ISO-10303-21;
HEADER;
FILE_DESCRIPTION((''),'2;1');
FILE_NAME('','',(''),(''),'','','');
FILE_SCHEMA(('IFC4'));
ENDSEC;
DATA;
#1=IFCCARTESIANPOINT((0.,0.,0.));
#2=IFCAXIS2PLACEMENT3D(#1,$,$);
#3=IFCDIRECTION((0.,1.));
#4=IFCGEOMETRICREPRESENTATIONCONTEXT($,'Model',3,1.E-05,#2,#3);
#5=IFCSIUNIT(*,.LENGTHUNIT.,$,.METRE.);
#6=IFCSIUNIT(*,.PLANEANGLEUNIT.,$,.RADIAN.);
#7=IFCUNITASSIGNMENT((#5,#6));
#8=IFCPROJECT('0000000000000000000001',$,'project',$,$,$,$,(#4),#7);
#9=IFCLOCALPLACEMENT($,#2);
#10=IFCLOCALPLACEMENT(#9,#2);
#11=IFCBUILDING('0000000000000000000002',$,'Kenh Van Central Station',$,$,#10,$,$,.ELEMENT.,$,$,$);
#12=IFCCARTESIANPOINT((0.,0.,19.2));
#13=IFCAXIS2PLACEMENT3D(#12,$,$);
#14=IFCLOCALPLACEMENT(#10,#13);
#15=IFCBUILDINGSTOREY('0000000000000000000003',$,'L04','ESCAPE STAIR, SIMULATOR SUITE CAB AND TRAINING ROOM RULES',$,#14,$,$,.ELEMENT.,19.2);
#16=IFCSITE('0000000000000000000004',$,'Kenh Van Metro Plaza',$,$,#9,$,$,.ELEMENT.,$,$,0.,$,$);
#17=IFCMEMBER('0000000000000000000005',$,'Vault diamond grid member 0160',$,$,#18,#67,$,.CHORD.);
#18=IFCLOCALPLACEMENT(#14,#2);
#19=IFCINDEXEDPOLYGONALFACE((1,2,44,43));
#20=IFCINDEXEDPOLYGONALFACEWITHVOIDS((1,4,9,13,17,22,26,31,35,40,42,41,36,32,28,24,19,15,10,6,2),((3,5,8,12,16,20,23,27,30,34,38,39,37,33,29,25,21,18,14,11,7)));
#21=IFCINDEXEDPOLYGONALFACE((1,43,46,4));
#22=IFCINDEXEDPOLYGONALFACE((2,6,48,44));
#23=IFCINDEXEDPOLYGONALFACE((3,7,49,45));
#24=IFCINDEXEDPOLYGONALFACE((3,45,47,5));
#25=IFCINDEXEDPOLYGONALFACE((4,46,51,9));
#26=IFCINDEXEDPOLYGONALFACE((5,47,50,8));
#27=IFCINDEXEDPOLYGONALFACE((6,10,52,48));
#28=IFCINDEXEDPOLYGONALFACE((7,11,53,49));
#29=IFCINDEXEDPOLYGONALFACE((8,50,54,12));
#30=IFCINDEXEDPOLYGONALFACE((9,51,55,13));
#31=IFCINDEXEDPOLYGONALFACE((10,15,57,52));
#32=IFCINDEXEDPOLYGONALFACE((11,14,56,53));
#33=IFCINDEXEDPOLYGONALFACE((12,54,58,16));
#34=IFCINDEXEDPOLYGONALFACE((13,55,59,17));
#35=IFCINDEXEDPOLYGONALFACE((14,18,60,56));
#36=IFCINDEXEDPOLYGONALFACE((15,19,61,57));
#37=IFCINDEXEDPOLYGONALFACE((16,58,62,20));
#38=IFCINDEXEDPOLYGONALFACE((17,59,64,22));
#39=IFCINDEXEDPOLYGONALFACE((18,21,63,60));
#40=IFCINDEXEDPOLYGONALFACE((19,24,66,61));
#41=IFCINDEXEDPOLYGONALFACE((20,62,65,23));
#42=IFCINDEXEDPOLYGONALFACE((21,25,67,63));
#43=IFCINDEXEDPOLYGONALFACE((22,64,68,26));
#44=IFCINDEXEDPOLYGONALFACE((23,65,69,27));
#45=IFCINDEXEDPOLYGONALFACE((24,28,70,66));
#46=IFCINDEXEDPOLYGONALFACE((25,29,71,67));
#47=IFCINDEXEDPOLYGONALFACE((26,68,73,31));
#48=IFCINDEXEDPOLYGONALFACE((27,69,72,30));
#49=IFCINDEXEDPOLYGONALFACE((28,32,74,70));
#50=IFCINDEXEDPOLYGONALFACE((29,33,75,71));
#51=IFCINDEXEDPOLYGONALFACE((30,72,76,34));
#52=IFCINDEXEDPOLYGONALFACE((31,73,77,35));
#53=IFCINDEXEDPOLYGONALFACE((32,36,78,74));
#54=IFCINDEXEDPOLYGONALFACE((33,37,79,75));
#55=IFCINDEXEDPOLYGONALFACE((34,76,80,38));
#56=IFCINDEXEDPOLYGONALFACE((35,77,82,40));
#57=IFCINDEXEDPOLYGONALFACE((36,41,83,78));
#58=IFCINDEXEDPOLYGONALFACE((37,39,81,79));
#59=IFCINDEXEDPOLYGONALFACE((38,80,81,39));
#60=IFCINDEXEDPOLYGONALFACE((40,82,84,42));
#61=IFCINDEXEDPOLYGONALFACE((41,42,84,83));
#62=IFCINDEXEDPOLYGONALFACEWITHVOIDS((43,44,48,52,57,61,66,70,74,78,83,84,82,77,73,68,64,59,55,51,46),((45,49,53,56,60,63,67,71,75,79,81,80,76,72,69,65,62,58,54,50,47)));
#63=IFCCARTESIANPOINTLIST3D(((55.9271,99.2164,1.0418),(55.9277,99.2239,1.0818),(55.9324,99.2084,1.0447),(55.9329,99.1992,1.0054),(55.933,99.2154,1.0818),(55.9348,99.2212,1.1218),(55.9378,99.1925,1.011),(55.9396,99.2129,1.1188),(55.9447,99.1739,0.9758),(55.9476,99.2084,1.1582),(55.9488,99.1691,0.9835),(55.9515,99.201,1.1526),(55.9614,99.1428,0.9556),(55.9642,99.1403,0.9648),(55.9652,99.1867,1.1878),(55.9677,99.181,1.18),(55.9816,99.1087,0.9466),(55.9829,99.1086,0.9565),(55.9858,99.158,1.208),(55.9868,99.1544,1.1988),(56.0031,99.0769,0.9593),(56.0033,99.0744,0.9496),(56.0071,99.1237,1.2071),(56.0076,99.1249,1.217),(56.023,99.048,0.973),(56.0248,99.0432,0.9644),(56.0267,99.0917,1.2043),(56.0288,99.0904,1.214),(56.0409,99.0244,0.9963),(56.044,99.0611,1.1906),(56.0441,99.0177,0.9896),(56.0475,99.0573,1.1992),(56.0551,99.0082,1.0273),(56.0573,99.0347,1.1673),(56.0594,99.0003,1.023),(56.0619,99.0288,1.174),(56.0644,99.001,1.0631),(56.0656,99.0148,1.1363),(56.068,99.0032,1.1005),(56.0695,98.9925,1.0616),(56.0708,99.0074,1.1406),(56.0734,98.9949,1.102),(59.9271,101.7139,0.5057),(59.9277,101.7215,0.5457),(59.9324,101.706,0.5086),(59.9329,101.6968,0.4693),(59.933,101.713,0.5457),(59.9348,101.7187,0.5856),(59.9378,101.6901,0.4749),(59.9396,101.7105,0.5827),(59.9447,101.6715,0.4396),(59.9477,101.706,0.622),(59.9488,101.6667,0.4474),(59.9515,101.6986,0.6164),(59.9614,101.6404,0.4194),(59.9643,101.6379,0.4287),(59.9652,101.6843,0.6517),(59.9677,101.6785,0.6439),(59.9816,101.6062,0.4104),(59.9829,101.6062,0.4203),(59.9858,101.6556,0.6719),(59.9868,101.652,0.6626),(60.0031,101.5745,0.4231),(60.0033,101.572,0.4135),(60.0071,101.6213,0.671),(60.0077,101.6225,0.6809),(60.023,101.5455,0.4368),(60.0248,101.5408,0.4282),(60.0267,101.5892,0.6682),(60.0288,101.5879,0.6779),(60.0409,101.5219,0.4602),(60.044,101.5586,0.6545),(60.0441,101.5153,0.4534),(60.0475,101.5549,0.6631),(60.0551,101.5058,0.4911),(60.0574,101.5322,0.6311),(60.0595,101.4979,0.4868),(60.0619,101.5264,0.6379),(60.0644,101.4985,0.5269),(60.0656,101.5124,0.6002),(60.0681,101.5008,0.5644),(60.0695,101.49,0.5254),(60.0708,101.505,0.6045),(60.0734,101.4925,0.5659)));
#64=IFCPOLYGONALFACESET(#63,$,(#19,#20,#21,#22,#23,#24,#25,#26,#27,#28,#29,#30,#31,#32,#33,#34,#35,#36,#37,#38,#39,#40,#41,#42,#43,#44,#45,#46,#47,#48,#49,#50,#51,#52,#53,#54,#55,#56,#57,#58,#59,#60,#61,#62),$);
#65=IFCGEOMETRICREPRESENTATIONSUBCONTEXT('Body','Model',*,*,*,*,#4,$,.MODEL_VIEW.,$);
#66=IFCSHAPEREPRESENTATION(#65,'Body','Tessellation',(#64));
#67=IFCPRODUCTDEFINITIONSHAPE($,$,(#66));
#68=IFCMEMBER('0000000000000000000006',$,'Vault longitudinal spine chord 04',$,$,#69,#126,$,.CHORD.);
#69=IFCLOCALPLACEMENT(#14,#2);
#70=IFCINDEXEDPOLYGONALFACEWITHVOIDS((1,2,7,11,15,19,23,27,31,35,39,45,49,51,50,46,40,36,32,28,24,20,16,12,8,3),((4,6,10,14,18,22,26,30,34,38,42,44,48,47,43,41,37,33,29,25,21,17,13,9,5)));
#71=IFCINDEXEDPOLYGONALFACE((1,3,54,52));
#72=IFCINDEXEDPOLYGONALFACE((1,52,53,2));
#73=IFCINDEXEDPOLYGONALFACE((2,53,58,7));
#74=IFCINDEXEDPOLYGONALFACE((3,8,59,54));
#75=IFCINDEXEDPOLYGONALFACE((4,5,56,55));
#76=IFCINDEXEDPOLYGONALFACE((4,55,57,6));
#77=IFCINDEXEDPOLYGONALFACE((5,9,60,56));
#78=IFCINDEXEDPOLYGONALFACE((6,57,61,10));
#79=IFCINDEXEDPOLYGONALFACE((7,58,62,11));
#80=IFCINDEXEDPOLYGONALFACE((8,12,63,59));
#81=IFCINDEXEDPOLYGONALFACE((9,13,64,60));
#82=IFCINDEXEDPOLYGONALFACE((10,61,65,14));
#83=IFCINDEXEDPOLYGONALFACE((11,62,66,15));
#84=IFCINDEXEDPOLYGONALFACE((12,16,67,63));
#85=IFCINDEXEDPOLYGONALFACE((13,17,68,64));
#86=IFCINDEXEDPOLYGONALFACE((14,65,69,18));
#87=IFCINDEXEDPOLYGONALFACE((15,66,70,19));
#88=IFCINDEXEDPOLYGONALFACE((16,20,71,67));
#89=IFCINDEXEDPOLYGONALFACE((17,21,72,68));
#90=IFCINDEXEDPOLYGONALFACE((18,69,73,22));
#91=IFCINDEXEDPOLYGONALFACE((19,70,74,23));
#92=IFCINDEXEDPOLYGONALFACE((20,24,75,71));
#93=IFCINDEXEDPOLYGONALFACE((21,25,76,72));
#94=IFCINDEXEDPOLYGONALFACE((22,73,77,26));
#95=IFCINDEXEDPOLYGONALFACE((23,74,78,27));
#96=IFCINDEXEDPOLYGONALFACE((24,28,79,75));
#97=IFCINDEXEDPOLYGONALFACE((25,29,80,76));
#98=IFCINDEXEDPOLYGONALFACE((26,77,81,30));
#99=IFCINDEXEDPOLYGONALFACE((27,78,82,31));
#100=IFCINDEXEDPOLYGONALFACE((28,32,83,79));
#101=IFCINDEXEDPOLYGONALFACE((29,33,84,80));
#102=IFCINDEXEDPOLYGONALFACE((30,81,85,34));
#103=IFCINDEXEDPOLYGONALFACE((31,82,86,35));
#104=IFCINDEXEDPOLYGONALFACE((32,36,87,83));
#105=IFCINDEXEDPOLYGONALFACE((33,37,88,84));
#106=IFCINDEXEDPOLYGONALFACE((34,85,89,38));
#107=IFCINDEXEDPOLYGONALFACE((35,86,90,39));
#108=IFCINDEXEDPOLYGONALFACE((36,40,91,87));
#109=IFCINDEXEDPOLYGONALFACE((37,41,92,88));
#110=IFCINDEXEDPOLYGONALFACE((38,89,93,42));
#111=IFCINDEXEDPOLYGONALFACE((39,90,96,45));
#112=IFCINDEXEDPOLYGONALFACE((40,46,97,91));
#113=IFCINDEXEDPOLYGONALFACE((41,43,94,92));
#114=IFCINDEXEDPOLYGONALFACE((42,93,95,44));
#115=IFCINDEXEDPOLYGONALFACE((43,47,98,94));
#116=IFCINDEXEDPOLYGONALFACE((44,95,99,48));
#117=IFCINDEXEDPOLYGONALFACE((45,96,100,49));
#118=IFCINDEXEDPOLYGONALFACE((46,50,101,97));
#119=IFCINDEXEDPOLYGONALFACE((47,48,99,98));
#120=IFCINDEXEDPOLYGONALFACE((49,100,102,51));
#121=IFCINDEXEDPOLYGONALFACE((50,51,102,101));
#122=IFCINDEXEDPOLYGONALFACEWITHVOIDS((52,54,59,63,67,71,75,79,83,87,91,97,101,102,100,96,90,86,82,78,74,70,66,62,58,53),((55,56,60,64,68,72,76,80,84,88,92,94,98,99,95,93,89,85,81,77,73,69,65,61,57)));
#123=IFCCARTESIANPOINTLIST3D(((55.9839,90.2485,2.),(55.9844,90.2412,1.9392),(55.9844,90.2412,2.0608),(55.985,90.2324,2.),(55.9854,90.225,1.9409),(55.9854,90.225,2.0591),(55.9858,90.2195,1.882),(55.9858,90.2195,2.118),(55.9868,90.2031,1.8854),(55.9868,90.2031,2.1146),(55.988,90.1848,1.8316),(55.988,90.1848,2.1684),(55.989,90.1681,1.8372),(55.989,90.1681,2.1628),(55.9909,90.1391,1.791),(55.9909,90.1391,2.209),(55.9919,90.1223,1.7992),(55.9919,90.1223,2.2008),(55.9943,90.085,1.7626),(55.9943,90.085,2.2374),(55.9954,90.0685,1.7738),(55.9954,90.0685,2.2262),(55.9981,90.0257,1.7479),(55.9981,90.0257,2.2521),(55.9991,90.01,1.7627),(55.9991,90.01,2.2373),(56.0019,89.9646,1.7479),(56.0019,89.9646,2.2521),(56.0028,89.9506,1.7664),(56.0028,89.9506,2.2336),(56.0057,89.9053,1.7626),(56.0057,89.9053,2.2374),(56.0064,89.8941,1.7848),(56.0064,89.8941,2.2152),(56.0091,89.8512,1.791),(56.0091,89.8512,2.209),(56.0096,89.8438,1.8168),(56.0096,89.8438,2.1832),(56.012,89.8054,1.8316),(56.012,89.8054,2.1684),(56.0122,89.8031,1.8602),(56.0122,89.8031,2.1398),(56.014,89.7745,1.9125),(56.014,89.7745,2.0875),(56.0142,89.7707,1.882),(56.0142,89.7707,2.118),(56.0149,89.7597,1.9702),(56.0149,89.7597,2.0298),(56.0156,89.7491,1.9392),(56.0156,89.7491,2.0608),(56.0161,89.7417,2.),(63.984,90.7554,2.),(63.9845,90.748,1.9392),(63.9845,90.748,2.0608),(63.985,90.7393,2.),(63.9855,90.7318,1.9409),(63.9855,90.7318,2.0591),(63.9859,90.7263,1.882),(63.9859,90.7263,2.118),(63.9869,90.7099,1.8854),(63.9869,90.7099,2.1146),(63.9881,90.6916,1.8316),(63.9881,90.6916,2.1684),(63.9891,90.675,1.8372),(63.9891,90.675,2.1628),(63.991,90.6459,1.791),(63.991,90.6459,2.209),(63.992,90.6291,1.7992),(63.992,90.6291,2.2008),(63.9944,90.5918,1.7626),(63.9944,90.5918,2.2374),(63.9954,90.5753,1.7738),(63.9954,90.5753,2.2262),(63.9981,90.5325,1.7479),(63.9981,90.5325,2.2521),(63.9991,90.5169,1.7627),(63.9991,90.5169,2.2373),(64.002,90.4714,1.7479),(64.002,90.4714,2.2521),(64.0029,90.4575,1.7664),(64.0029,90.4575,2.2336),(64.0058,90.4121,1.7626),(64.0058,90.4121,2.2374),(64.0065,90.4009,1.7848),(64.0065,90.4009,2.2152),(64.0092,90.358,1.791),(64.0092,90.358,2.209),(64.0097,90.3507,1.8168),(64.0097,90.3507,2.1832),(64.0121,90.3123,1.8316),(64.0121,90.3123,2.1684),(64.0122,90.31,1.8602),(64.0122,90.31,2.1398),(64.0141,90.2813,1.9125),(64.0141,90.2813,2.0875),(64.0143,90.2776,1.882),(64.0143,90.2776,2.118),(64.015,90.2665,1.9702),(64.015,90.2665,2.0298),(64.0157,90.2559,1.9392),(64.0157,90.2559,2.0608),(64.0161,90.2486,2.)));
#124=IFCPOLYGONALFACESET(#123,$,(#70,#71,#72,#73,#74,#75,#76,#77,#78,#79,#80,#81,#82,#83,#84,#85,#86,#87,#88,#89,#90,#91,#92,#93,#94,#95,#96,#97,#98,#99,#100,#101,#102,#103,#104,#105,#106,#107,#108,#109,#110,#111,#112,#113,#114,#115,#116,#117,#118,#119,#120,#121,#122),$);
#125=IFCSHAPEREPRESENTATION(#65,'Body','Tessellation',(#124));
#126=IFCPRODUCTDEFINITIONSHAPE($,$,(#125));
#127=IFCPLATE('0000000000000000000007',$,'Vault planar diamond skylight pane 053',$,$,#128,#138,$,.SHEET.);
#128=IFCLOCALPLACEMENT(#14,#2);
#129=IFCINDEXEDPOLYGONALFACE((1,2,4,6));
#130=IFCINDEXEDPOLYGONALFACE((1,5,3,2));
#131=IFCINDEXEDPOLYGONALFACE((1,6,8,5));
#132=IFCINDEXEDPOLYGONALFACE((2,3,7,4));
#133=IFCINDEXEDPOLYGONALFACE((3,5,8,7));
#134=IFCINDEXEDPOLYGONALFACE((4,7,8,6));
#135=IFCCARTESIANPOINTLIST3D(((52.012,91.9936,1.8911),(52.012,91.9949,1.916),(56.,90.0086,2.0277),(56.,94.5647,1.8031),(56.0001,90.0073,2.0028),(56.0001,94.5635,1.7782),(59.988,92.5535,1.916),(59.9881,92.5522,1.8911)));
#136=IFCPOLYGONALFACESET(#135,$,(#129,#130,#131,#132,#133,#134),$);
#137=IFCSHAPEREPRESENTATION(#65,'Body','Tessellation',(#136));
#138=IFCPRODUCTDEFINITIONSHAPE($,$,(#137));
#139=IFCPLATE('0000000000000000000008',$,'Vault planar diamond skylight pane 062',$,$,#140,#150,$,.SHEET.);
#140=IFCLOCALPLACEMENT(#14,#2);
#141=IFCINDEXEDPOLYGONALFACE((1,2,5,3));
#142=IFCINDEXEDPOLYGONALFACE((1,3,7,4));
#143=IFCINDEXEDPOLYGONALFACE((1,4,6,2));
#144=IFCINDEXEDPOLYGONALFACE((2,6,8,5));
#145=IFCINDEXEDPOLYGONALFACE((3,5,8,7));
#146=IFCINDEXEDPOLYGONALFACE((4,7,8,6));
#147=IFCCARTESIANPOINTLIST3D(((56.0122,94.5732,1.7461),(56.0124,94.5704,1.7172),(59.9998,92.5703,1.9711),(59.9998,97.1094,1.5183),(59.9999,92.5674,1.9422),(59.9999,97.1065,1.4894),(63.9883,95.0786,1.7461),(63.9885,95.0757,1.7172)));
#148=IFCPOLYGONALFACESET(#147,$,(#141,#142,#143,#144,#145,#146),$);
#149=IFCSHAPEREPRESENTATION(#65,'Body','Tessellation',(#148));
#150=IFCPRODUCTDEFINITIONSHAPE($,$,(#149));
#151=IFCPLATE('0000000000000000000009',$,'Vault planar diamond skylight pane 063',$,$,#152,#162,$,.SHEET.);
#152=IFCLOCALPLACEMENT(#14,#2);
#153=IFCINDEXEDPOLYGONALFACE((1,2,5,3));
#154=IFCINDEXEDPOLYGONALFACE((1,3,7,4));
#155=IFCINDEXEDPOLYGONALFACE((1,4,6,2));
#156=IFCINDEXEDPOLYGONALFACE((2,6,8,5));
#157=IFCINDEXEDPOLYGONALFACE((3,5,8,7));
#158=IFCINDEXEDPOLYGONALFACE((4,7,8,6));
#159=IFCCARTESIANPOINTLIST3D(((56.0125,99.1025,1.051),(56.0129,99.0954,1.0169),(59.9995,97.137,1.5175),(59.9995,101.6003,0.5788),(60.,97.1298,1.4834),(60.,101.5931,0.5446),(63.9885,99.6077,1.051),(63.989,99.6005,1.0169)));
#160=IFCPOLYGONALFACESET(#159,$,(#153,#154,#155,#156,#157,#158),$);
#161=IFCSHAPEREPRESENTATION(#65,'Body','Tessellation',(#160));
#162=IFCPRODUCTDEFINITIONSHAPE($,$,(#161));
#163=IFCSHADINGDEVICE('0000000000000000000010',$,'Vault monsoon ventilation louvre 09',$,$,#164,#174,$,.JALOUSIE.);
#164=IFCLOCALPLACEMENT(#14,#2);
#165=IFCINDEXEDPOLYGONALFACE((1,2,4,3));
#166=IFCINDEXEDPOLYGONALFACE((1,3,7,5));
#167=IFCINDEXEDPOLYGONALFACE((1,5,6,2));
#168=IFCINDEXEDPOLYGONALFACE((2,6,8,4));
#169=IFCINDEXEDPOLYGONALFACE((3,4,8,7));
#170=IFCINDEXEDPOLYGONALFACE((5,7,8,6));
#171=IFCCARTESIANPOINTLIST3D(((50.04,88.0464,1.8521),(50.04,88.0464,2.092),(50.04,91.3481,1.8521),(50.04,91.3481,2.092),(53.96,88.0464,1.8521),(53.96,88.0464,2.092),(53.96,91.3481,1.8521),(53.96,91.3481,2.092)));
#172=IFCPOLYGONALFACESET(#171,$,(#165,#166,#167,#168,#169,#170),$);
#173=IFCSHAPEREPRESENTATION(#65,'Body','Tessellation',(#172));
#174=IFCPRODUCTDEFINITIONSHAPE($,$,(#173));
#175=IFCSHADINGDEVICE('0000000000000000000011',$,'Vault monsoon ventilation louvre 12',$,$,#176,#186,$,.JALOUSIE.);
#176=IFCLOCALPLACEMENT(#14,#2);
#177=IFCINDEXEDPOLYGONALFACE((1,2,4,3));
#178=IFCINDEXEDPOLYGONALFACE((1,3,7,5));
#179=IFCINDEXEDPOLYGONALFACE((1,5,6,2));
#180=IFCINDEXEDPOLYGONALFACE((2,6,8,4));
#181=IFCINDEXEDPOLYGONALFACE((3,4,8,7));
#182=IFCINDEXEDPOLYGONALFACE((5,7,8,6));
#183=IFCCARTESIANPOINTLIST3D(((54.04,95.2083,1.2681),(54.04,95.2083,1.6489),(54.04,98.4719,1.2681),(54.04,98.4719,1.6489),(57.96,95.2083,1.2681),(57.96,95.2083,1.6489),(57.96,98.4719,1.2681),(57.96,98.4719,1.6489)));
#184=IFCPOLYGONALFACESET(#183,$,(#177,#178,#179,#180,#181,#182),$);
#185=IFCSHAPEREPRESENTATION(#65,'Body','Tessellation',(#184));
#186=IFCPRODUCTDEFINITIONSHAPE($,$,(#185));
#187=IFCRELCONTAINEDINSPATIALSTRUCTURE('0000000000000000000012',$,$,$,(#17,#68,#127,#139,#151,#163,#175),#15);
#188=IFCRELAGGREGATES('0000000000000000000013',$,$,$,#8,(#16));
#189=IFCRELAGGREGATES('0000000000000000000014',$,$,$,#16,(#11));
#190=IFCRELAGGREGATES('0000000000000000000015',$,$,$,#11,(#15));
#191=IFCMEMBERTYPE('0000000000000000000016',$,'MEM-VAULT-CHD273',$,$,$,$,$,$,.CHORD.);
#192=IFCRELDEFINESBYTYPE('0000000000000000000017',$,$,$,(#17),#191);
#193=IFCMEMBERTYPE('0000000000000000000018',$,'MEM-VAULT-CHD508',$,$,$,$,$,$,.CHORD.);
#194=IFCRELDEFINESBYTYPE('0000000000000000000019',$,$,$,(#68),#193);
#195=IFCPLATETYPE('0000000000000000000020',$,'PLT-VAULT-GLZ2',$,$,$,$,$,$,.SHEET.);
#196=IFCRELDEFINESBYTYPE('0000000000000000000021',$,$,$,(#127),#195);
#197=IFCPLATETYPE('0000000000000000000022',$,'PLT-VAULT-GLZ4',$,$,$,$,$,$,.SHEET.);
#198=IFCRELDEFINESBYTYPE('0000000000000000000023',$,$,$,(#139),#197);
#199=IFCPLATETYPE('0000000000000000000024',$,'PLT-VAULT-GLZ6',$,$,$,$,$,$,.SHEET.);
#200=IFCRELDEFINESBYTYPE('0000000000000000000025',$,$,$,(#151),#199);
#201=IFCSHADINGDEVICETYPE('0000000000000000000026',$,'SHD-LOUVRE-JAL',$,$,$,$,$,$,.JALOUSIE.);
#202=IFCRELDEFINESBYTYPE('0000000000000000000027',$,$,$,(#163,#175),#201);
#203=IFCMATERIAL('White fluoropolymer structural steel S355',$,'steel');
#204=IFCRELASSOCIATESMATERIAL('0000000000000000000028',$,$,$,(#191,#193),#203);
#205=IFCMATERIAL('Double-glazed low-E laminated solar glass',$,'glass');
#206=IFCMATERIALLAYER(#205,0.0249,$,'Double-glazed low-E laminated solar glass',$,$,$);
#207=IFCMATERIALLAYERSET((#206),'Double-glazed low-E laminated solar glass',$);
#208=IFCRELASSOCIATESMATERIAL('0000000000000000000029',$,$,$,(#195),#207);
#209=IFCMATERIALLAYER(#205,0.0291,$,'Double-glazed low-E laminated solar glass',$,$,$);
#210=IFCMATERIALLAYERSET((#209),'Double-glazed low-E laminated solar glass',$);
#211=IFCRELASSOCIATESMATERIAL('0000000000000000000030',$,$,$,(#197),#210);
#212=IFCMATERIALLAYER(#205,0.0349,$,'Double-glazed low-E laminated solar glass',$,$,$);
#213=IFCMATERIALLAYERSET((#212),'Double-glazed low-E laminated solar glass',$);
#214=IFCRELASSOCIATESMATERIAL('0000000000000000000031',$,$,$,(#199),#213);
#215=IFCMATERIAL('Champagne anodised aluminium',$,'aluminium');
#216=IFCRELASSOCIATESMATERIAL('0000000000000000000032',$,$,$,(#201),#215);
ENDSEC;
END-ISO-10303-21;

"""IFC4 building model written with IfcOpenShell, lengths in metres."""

from ifc_helpers import new_model, si_unit, direction, frame, origin, origin_2d, place, context, subcontext, project, spatial, polyline, rectangle, hollow_circle, outline, extrude, material, layer, layer_set, material_profile, profile_set, type_object, element, save


model = new_model("IFC4")

# Units and contexts
model_context = context("Model", 3, precision=1e-05, world=origin(), true_north=direction((0.0, 1.0)))
body_context = subcontext(model_context, "Body", "Model", "MODEL_VIEW")
ifc_project = project(units=[si_unit("LENGTHUNIT", "METRE"), si_unit("PLANEANGLEUNIT", "RADIAN")], contexts=[model_context])

# Site, building, storey
site_placement = place(None, origin())
site = spatial("IfcSite", under=ifc_project, at=site_placement, Name="Kenh Van Metro Plaza", CompositionType="ELEMENT", RefElevation=0.0)
building_placement = place(site_placement, origin())
building = spatial("IfcBuilding", under=site, at=building_placement, Name="Kenh Van Central Station", CompositionType="ELEMENT")
storey_placement = place(building_placement, frame((0.0, 0.0, 19.2)))
storey = spatial("IfcBuildingStorey", under=building, at=storey_placement, Name="L04", Description="ESCAPE STAIR, SIMULATOR SUITE CAB AND TRAINING ROOM RULES", CompositionType="ELEMENT", Elevation=19.2)

# Shared definitions
ifc_material_1 = material(Name="White fluoropolymer structural steel S355", Category="steel")

# Members
ifc_material_profile_1 = material_profile(ifc_material_1, hollow_circle(Radius=0.1365, WallThickness=0.01, at=origin_2d()), Name="CHS 273x10")
ifc_profile_set_1 = profile_set([ifc_material_profile_1], Name="White fluoropolymer structural steel S355")
member_type_1 = type_object("IfcMemberType", Name="MEM-VAULT-CHD273", PredefinedType="CHORD", material=ifc_profile_set_1)
member_1_placement = place(storey_placement, frame((56.0, 99.1082, 1.0818), z_axis=(0.842802, 0.526237, -0.112963), x_axis=(-0.529627, 0.848231, 0.0)))
element("IfcMember", 1, at=member_1_placement, inside=storey, type_object=member_type_1, Name="Vault diamond grid member 0160", PredefinedType="CHORD", context=body_context, shape_type="SweptSolid", body=[
    extrude(hollow_circle(Radius=0.1365, WallThickness=0.01, at=origin_2d()), origin(), (0.0, 0.0, 1.0), 4.7461),
])
ifc_material_profile_2 = material_profile(ifc_material_1, hollow_circle(Radius=0.2539, WallThickness=0.0161, at=origin_2d()), Name="CHS 508x16")
ifc_profile_set_2 = profile_set([ifc_material_profile_2], Name="White fluoropolymer structural steel S355")
member_type_2 = type_object("IfcMemberType", Name="MEM-VAULT-CHD508", PredefinedType="CHORD", material=ifc_profile_set_2)
member_2_placement = place(storey_placement, frame((56.0, 89.9951, 2.0), z_axis=(0.997999, 0.063228, 0.0), x_axis=(-0.063228, 0.997999, 0.0)))
element("IfcMember", 2, at=member_2_placement, inside=storey, type_object=member_type_2, Name="Vault longitudinal spine chord 04", PredefinedType="CHORD", context=body_context, shape_type="SweptSolid", body=[
    extrude(hollow_circle(Radius=0.2539, WallThickness=0.0161, at=origin_2d()), origin(), (0.0, 0.0, 1.0), 8.0161),
])

# Plates
ifc_material_2 = material(Name="Double-glazed low-E laminated solar glass", Category="glass")
ifc_layer_1 = layer(ifc_material_2, 0.0249, Name="Double-glazed low-E laminated solar glass")
ifc_layer_set_1 = layer_set([ifc_layer_1], Name="Double-glazed low-E laminated solar glass")
plate_type_1 = type_object("IfcPlateType", Name="PLT-VAULT-GLZ2", PredefinedType="SHEET", material=ifc_layer_set_1)
plate_1_placement = place(storey_placement, frame((52.012, 91.9949, 1.916), z_axis=(-0.003448, 0.049238, 0.998781), x_axis=(0.894836, -0.445691, 0.025061)))
element("IfcPlate", 3, at=plate_1_placement, inside=storey, type_object=plate_type_1, Name="Vault planar diamond skylight pane 053", PredefinedType="SHEET", context=body_context, shape_type="SweptSolid", body=[
    extrude(outline(polyline([(0.0, 0.0), (4.4567, 0.0), (6.8883, 4.0597), (2.4205, 4.082), (0.0, 0.0)])), origin(), (0.0, 0.0, -1.0), 0.0249),
])
ifc_layer_2 = layer(ifc_material_2, 0.0291, Name="Double-glazed low-E laminated solar glass")
ifc_layer_set_2 = layer_set([ifc_layer_2], Name="Double-glazed low-E laminated solar glass")
plate_type_2 = type_object("IfcPlateType", Name="PLT-VAULT-GLZ4", PredefinedType="SHEET", material=ifc_layer_set_2)
plate_2_placement = place(storey_placement, frame((56.0122, 94.5732, 1.7461), z_axis=(-0.00629, 0.099279, 0.99504), x_axis=(0.89247, -0.448285, 0.050369)))
element("IfcPlate", 4, at=plate_2_placement, inside=storey, type_object=plate_type_2, Name="Vault planar diamond skylight pane 062", PredefinedType="SHEET", context=body_context, shape_type="SweptSolid", body=[
    extrude(outline(polyline([(0.0, 0.0), (4.468, 0.0), (6.8919, 4.0467), (2.4104, 4.0712), (0.0, 0.0)])), origin(), (0.0, 0.0, -1.0), 0.0291),
])
ifc_layer_3 = layer(ifc_material_2, 0.0349, Name="Double-glazed low-E laminated solar glass")
ifc_layer_set_3 = layer_set([ifc_layer_3], Name="Double-glazed low-E laminated solar glass")
plate_type_3 = type_object("IfcPlateType", Name="PLT-VAULT-GLZ6", PredefinedType="SHEET", material=ifc_layer_set_3)
plate_3_placement = place(storey_placement, frame((56.0125, 99.1025, 1.051), z_axis=(-0.013033, 0.205796, 0.978508), x_axis=(0.892029, -0.439763, 0.10437)))
element("IfcPlate", 5, at=plate_3_placement, inside=storey, type_object=plate_type_3, Name="Vault planar diamond skylight pane 063", PredefinedType="SHEET", context=body_context, shape_type="SweptSolid", body=[
    extrude(outline(polyline([(0.0, 0.0), (4.4697, 0.0), (6.8928, 4.0451), (2.4089, 4.0689), (0.0, 0.0)])), origin(), (0.0, 0.0, -1.0), 0.0349),
])

# Shading devices
ifc_material_3 = material(Name="Champagne anodised aluminium", Category="aluminium")
shading_device_type = type_object("IfcShadingDeviceType", Name="SHD-LOUVRE-JAL", PredefinedType="JALOUSIE", material=ifc_material_3)
shading_device_1_placement = place(storey_placement, frame((52.0, 89.6973, 1.8521), z_axis=(0.0, 0.0, 1.0), x_axis=(1.0, 0.0, 0.0)))
element("IfcShadingDevice", 6, at=shading_device_1_placement, inside=storey, type_object=shading_device_type, Name="Vault monsoon ventilation louvre 09", PredefinedType="JALOUSIE", context=body_context, shape_type="SweptSolid", body=[
    extrude(rectangle(XDim=3.9199, YDim=3.3018, at=origin_2d()), origin(), (0.0, 0.0, 1.0), 0.24),
])
shading_device_2_placement = place(storey_placement, frame((56.0, 96.8401, 1.2681), z_axis=(0.0, 0.0, 1.0), x_axis=(1.0, 0.0, 0.0)))
element("IfcShadingDevice", 7, at=shading_device_2_placement, inside=storey, type_object=shading_device_type, Name="Vault monsoon ventilation louvre 12", PredefinedType="JALOUSIE", context=body_context, shape_type="SweptSolid", body=[
    extrude(rectangle(XDim=3.9199, YDim=3.2637, at=origin_2d()), origin(), (0.0, 0.0, 1.0), 0.3809),
])

save(model, "model.ifc")
